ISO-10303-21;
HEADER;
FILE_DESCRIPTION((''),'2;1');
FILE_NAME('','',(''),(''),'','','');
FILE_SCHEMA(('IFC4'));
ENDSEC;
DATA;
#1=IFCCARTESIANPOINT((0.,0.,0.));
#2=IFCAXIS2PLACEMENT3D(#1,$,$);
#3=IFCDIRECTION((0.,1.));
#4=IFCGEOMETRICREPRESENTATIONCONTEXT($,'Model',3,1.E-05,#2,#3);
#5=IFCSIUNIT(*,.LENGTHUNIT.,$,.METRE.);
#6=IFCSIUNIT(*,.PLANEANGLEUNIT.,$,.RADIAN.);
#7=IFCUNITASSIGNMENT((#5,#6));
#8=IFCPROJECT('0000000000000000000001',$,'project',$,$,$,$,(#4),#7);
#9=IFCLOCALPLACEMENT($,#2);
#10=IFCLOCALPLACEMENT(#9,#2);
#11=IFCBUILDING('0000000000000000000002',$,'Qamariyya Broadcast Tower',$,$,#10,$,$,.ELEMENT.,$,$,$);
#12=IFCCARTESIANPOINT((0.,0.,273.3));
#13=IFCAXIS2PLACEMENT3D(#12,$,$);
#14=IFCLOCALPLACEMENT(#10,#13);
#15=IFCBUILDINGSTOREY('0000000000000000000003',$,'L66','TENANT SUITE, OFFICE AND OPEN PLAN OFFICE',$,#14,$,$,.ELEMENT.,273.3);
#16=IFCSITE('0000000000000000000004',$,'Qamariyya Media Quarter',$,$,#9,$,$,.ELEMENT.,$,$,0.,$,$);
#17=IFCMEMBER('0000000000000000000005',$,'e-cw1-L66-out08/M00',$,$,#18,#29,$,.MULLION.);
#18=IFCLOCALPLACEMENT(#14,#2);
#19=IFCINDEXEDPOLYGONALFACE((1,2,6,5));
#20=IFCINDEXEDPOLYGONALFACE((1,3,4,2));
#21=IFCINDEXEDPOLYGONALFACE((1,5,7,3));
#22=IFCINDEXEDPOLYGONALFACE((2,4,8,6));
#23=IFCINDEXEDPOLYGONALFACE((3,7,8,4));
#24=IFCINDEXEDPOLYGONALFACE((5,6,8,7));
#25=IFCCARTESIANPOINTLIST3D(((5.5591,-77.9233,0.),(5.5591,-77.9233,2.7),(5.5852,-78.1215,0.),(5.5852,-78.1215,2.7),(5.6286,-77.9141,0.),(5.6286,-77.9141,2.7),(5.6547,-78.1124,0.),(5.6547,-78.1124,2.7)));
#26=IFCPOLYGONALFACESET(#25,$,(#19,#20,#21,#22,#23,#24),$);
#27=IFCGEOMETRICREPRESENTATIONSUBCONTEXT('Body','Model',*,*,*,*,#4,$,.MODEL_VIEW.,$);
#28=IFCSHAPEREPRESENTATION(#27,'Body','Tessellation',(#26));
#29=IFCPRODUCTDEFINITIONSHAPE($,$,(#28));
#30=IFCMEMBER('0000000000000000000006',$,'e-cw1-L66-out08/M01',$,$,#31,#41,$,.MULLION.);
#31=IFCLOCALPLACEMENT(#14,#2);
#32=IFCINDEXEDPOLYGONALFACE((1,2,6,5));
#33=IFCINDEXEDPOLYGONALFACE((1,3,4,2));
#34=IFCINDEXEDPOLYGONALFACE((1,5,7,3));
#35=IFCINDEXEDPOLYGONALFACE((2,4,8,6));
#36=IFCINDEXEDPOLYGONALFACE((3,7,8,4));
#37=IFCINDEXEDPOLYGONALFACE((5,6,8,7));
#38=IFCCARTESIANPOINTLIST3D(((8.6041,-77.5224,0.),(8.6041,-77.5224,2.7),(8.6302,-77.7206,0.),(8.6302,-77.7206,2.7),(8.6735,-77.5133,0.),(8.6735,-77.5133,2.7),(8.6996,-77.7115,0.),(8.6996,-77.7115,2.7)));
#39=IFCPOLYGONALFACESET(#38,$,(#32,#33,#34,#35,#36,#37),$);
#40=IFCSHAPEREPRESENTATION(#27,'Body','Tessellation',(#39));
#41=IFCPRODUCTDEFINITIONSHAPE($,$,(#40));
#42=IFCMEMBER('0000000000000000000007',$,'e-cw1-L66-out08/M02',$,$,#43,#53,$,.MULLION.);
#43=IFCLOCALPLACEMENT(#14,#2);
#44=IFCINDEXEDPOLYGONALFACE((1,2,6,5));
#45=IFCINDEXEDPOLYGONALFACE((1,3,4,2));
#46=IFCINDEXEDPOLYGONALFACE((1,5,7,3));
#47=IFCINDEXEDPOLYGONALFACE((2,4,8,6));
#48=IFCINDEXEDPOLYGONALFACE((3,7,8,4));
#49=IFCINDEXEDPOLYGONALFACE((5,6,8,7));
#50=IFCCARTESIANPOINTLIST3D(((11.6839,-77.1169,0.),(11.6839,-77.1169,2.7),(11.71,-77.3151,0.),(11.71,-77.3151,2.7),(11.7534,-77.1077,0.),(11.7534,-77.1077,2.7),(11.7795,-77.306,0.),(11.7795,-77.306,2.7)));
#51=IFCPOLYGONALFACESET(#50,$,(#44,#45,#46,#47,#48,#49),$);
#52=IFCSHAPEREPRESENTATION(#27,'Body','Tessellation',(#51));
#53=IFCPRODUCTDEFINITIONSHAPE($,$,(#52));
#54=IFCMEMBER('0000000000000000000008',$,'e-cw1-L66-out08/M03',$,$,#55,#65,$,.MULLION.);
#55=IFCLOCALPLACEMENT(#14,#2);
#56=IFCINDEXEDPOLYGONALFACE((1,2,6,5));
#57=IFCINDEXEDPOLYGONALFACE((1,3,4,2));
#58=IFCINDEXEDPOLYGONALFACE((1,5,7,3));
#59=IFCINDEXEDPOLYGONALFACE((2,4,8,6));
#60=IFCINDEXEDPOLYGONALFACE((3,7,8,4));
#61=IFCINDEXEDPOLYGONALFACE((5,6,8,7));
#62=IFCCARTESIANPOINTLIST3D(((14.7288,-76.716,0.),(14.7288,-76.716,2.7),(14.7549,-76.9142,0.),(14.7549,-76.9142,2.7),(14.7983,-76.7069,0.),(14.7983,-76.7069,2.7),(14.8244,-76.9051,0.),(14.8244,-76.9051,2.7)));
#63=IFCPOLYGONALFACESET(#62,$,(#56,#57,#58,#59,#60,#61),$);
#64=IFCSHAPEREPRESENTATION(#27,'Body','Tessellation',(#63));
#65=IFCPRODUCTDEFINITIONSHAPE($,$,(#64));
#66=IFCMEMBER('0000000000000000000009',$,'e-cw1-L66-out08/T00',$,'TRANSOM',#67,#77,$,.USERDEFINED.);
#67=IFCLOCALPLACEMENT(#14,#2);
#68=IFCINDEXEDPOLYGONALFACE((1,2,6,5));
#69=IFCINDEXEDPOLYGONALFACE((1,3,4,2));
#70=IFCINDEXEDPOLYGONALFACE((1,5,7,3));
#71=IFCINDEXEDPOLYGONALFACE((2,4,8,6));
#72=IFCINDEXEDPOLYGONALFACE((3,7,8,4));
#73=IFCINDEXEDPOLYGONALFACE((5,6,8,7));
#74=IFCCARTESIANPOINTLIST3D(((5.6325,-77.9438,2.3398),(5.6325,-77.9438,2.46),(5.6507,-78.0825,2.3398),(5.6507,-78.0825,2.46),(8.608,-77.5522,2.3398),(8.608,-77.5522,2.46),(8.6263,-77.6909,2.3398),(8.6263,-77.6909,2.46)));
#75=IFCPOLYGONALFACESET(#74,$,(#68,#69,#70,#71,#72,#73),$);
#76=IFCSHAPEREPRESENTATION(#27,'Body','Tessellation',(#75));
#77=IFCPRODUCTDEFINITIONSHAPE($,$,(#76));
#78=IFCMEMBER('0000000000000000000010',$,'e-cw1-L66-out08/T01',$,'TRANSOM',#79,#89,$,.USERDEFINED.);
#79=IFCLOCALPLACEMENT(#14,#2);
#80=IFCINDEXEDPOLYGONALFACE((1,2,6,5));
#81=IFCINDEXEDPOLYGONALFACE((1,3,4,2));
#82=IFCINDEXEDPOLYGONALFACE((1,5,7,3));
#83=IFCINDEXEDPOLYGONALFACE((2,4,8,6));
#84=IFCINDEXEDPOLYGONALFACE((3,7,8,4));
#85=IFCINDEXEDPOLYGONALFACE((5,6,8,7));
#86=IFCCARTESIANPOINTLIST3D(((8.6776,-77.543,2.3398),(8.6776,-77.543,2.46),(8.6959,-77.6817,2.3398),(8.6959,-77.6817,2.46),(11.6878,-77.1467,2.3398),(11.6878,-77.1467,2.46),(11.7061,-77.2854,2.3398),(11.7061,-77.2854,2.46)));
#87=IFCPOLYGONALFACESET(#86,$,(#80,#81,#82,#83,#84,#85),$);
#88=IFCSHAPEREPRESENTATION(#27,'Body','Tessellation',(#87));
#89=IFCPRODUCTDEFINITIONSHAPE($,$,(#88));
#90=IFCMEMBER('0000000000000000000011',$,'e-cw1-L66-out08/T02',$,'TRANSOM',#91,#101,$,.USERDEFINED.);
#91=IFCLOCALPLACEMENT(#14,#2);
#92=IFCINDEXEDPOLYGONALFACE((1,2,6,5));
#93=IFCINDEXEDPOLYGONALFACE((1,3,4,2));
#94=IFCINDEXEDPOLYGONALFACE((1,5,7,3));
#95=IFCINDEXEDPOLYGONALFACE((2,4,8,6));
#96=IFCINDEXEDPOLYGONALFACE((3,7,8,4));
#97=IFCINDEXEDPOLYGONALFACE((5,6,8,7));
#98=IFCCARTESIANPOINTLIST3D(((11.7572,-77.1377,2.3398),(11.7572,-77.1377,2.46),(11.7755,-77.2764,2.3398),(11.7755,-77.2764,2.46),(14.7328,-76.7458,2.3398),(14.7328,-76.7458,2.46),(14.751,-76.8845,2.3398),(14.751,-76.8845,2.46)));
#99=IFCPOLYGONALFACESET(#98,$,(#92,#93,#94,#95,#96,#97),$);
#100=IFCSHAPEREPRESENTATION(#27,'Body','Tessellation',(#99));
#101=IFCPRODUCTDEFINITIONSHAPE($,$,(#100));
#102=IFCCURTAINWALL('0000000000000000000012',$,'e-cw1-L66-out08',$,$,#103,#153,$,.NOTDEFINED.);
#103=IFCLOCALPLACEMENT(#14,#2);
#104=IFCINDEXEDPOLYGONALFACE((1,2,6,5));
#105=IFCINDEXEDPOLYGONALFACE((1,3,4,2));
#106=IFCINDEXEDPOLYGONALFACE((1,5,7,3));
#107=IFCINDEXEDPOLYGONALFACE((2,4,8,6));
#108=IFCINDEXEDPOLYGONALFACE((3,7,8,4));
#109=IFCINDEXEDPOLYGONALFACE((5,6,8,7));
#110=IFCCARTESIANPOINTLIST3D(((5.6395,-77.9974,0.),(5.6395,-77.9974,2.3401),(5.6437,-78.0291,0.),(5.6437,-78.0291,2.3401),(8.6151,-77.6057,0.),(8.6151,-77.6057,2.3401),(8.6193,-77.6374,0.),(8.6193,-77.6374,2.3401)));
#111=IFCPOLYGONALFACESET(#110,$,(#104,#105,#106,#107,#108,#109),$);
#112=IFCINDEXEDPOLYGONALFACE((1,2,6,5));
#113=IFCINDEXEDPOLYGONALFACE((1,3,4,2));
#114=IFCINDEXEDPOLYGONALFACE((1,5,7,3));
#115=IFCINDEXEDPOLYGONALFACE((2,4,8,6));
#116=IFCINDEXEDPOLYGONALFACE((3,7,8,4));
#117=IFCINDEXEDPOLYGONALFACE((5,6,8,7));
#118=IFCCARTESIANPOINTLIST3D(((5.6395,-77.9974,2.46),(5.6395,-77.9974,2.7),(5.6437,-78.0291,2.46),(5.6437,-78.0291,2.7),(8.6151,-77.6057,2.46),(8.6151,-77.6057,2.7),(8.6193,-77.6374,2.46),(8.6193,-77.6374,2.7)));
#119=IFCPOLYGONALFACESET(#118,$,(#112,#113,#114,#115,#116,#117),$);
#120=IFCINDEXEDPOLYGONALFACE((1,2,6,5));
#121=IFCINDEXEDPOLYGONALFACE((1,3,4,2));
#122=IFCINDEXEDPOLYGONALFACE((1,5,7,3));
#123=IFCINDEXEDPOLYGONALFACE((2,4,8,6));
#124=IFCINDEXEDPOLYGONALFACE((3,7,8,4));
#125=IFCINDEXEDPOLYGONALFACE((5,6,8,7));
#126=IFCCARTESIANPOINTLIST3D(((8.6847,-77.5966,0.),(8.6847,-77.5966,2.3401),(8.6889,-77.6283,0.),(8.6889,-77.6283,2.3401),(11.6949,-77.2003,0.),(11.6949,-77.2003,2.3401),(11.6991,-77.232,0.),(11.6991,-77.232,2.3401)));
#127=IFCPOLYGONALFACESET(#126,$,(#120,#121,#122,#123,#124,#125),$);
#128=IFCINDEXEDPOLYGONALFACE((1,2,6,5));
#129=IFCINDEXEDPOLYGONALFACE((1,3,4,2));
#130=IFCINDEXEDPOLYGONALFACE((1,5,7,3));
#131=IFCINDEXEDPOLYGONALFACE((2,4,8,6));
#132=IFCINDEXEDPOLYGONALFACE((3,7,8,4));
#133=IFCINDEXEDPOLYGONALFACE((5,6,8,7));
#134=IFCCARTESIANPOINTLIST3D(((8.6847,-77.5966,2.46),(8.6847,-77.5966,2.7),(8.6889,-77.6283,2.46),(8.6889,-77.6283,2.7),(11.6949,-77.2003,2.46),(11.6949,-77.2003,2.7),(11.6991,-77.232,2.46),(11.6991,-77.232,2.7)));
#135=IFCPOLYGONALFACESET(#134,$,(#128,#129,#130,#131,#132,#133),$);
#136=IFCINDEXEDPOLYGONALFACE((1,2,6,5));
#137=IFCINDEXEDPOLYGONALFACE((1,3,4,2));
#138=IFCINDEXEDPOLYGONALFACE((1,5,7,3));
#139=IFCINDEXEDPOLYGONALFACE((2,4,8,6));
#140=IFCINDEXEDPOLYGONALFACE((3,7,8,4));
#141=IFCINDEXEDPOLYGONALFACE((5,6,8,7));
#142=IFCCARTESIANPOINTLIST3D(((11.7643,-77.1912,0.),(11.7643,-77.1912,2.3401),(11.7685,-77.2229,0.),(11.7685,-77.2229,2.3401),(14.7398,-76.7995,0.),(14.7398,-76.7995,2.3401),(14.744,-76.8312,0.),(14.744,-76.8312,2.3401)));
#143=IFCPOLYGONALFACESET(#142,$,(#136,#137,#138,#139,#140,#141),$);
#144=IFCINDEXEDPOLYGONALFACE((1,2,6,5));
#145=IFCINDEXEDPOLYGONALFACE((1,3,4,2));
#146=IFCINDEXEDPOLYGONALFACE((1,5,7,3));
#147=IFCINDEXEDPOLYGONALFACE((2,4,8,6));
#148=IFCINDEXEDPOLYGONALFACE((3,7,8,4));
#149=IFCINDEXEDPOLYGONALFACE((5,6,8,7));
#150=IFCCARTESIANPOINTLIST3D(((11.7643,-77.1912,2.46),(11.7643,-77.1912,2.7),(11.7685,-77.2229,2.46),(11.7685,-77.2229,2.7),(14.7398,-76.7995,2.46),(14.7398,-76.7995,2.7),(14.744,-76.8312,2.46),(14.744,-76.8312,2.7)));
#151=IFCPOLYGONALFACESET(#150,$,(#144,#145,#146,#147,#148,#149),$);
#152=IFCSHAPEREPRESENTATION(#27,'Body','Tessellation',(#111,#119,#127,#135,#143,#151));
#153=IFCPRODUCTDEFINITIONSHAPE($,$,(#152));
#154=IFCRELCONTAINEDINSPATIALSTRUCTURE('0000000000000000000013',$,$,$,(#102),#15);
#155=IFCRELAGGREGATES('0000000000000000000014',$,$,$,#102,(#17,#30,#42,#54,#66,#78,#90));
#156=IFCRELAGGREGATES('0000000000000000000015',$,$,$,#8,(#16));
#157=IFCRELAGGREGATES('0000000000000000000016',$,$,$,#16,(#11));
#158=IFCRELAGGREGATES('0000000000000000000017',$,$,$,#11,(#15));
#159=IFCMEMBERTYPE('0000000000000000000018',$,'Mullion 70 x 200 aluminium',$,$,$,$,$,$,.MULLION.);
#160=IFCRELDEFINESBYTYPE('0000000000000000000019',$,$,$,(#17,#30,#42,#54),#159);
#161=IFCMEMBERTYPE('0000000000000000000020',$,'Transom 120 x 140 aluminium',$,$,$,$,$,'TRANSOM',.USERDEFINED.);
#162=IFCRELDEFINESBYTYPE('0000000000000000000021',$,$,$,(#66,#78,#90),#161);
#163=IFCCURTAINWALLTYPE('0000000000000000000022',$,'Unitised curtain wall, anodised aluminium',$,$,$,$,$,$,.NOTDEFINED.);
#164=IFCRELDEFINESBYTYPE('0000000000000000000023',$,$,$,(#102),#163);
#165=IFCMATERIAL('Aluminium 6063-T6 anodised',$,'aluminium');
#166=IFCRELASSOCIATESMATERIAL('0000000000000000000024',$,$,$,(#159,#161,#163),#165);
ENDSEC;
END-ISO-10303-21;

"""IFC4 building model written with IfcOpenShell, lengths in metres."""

from ifc_helpers import new_model, si_unit, direction, frame, origin, origin_2d, place, context, subcontext, project, spatial, rectangle, extrude, material, material_profile, profile_set, type_object, element, aggregate, save


model = new_model("IFC4")

# Units and contexts
model_context = context("Model", 3, precision=1e-05, world=origin(), true_north=direction((0.0, 1.0)))
body_context = subcontext(model_context, "Body", "Model", "MODEL_VIEW")
ifc_project = project(units=[si_unit("LENGTHUNIT", "METRE"), si_unit("PLANEANGLEUNIT", "RADIAN")], contexts=[model_context])

# Members
ifc_material = material(Name="Aluminium 6063-T6 anodised", Category="aluminium")
ifc_material_profile_1 = material_profile(ifc_material, rectangle(XDim=0.2, YDim=0.0701, at=origin_2d()))
ifc_profile_set_1 = profile_set([ifc_material_profile_1], Name="Aluminium 6063-T6 anodised")
member_type_1 = type_object("IfcMemberType", Name="Mullion 70 x 200 aluminium", PredefinedType="MULLION", material=ifc_profile_set_1)
site_placement = place(None, origin())
building_placement = place(site_placement, origin())
storey_placement = place(building_placement, frame((0.0, 0.0, 273.3)))
member_1_placement = place(storey_placement, frame((5.6069, -78.0178, 0.0), z_axis=(0.0, 0.0, 1.0), x_axis=(-0.130526, 0.991445, 0.0)))
member_1 = element("IfcMember", 1, at=member_1_placement, type_object=member_type_1, Name="e-cw1-L66-out08/M00", PredefinedType="MULLION", context=body_context, shape_type="SweptSolid", body=[
    extrude(rectangle(XDim=0.2, YDim=0.0701, at=origin_2d()), origin(), (0.0, 0.0, 1.0), 2.7),
])
member_2_placement = place(storey_placement, frame((8.6519, -77.6169, 0.0), z_axis=(0.0, 0.0, 1.0), x_axis=(-0.130526, 0.991445, 0.0)))
member_2 = element("IfcMember", 2, at=member_2_placement, type_object=member_type_1, Name="e-cw1-L66-out08/M01", PredefinedType="MULLION", context=body_context, shape_type="SweptSolid", body=[
    extrude(rectangle(XDim=0.2, YDim=0.0701, at=origin_2d()), origin(), (0.0, 0.0, 1.0), 2.7),
])
member_3_placement = place(storey_placement, frame((11.7317, -77.2114, 0.0), z_axis=(0.0, 0.0, 1.0), x_axis=(-0.130526, 0.991445, 0.0)))
member_3 = element("IfcMember", 3, at=member_3_placement, type_object=member_type_1, Name="e-cw1-L66-out08/M02", PredefinedType="MULLION", context=body_context, shape_type="SweptSolid", body=[
    extrude(rectangle(XDim=0.2, YDim=0.0701, at=origin_2d()), origin(), (0.0, 0.0, 1.0), 2.7),
])
member_4_placement = place(storey_placement, frame((14.7766, -76.8105, 0.0), z_axis=(0.0, 0.0, 1.0), x_axis=(-0.130526, 0.991445, 0.0)))
member_4 = element("IfcMember", 4, at=member_4_placement, type_object=member_type_1, Name="e-cw1-L66-out08/M03", PredefinedType="MULLION", context=body_context, shape_type="SweptSolid", body=[
    extrude(rectangle(XDim=0.2, YDim=0.0701, at=origin_2d()), origin(), (0.0, 0.0, 1.0), 2.7),
])
ifc_material_profile_2 = material_profile(ifc_material, rectangle(XDim=0.1399, YDim=0.1201, at=origin_2d()))
ifc_profile_set_2 = profile_set([ifc_material_profile_2], Name="Aluminium 6063-T6 anodised")
member_type_2 = type_object("IfcMemberType", Name="Transom 120 x 140 aluminium", ElementType="TRANSOM", PredefinedType="USERDEFINED", material=ifc_profile_set_2)
member_5_placement = place(storey_placement, frame((5.6416, -78.0132, 2.3999), z_axis=(0.991451, 0.13048, 0.0), x_axis=(-0.13048, 0.991451, 0.0)))
member_5 = element("IfcMember", 5, at=member_5_placement, type_object=member_type_2, Name="e-cw1-L66-out08/T00", ObjectType="TRANSOM", PredefinedType="USERDEFINED", context=body_context, shape_type="SweptSolid", body=[
    extrude(rectangle(XDim=0.1399, YDim=0.1201, at=origin_2d()), origin(), (0.0, 0.0, 1.0), 3.0012),
])
member_6_placement = place(storey_placement, frame((8.6868, -77.6123, 2.3999), z_axis=(0.991448, 0.130504, 0.0), x_axis=(-0.130504, 0.991448, 0.0)))
member_6 = element("IfcMember", 6, at=member_6_placement, type_object=member_type_2, Name="e-cw1-L66-out08/T01", ObjectType="TRANSOM", PredefinedType="USERDEFINED", context=body_context, shape_type="SweptSolid", body=[
    extrude(rectangle(XDim=0.1399, YDim=0.1201, at=origin_2d()), origin(), (0.0, 0.0, 1.0), 3.0361),
])
member_7_placement = place(storey_placement, frame((11.7664, -77.207, 2.3999), z_axis=(0.99144, 0.13056, 0.0), x_axis=(-0.13056, 0.99144, 0.0)))
member_7 = element("IfcMember", 7, at=member_7_placement, type_object=member_type_2, Name="e-cw1-L66-out08/T02", ObjectType="TRANSOM", PredefinedType="USERDEFINED", context=body_context, shape_type="SweptSolid", body=[
    extrude(rectangle(XDim=0.1399, YDim=0.1201, at=origin_2d()), origin(), (0.0, 0.0, 1.0), 3.0012),
])

# Site, building, storey
site = spatial("IfcSite", under=ifc_project, at=site_placement, Name="Qamariyya Media Quarter", CompositionType="ELEMENT", RefElevation=0.0)
building = spatial("IfcBuilding", under=site, at=building_placement, Name="Qamariyya Broadcast Tower", CompositionType="ELEMENT")
storey = spatial("IfcBuildingStorey", under=building, at=storey_placement, Name="L66", Description="TENANT SUITE, OFFICE AND OPEN PLAN OFFICE", CompositionType="ELEMENT", Elevation=273.3)

# Curtain wall
curtain_wall_type = type_object("IfcCurtainWallType", Name="Unitised curtain wall, anodised aluminium", PredefinedType="NOTDEFINED", material=ifc_material)
curtain_wall_1_placement = place(storey_placement, origin())
curtain_wall_1 = element("IfcCurtainWall", 8, at=curtain_wall_1_placement, inside=storey, type_object=curtain_wall_type, Name="e-cw1-L66-out08", PredefinedType="NOTDEFINED", context=body_context, shape_type="SweptSolid", body=[
    extrude(rectangle(XDim=3.0012, YDim=0.032, at=origin_2d()), frame((7.1294, -77.8174, 0.0), x_axis=(0.991445, 0.130523, 0.0)), (0.0, 0.0, 1.0), 2.3401),
    extrude(rectangle(XDim=3.0012, YDim=0.032, at=origin_2d()), frame((7.1294, -77.8174, 2.46), x_axis=(0.991445, 0.130523, 0.0)), (0.0, 0.0, 1.0), 0.24),
    extrude(rectangle(XDim=3.0361, YDim=0.032, at=origin_2d()), frame((10.1919, -77.4143, 0.0), x_axis=(0.991445, 0.130523, 0.0)), (0.0, 0.0, 1.0), 2.3401),
    extrude(rectangle(XDim=3.0361, YDim=0.032, at=origin_2d()), frame((10.1919, -77.4143, 2.46), x_axis=(0.991445, 0.130523, 0.0)), (0.0, 0.0, 1.0), 0.24),
    extrude(rectangle(XDim=3.0012, YDim=0.032, at=origin_2d()), frame((13.2542, -77.0112, 0.0), x_axis=(0.991445, 0.130523, 0.0)), (0.0, 0.0, 1.0), 2.3401),
    extrude(rectangle(XDim=3.0012, YDim=0.032, at=origin_2d()), frame((13.2542, -77.0112, 2.46), x_axis=(0.991445, 0.130523, 0.0)), (0.0, 0.0, 1.0), 0.24),
])
aggregate(curtain_wall_1, [member_1, member_2, member_3, member_4, member_5, member_6, member_7])

save(model, "model.ifc")
